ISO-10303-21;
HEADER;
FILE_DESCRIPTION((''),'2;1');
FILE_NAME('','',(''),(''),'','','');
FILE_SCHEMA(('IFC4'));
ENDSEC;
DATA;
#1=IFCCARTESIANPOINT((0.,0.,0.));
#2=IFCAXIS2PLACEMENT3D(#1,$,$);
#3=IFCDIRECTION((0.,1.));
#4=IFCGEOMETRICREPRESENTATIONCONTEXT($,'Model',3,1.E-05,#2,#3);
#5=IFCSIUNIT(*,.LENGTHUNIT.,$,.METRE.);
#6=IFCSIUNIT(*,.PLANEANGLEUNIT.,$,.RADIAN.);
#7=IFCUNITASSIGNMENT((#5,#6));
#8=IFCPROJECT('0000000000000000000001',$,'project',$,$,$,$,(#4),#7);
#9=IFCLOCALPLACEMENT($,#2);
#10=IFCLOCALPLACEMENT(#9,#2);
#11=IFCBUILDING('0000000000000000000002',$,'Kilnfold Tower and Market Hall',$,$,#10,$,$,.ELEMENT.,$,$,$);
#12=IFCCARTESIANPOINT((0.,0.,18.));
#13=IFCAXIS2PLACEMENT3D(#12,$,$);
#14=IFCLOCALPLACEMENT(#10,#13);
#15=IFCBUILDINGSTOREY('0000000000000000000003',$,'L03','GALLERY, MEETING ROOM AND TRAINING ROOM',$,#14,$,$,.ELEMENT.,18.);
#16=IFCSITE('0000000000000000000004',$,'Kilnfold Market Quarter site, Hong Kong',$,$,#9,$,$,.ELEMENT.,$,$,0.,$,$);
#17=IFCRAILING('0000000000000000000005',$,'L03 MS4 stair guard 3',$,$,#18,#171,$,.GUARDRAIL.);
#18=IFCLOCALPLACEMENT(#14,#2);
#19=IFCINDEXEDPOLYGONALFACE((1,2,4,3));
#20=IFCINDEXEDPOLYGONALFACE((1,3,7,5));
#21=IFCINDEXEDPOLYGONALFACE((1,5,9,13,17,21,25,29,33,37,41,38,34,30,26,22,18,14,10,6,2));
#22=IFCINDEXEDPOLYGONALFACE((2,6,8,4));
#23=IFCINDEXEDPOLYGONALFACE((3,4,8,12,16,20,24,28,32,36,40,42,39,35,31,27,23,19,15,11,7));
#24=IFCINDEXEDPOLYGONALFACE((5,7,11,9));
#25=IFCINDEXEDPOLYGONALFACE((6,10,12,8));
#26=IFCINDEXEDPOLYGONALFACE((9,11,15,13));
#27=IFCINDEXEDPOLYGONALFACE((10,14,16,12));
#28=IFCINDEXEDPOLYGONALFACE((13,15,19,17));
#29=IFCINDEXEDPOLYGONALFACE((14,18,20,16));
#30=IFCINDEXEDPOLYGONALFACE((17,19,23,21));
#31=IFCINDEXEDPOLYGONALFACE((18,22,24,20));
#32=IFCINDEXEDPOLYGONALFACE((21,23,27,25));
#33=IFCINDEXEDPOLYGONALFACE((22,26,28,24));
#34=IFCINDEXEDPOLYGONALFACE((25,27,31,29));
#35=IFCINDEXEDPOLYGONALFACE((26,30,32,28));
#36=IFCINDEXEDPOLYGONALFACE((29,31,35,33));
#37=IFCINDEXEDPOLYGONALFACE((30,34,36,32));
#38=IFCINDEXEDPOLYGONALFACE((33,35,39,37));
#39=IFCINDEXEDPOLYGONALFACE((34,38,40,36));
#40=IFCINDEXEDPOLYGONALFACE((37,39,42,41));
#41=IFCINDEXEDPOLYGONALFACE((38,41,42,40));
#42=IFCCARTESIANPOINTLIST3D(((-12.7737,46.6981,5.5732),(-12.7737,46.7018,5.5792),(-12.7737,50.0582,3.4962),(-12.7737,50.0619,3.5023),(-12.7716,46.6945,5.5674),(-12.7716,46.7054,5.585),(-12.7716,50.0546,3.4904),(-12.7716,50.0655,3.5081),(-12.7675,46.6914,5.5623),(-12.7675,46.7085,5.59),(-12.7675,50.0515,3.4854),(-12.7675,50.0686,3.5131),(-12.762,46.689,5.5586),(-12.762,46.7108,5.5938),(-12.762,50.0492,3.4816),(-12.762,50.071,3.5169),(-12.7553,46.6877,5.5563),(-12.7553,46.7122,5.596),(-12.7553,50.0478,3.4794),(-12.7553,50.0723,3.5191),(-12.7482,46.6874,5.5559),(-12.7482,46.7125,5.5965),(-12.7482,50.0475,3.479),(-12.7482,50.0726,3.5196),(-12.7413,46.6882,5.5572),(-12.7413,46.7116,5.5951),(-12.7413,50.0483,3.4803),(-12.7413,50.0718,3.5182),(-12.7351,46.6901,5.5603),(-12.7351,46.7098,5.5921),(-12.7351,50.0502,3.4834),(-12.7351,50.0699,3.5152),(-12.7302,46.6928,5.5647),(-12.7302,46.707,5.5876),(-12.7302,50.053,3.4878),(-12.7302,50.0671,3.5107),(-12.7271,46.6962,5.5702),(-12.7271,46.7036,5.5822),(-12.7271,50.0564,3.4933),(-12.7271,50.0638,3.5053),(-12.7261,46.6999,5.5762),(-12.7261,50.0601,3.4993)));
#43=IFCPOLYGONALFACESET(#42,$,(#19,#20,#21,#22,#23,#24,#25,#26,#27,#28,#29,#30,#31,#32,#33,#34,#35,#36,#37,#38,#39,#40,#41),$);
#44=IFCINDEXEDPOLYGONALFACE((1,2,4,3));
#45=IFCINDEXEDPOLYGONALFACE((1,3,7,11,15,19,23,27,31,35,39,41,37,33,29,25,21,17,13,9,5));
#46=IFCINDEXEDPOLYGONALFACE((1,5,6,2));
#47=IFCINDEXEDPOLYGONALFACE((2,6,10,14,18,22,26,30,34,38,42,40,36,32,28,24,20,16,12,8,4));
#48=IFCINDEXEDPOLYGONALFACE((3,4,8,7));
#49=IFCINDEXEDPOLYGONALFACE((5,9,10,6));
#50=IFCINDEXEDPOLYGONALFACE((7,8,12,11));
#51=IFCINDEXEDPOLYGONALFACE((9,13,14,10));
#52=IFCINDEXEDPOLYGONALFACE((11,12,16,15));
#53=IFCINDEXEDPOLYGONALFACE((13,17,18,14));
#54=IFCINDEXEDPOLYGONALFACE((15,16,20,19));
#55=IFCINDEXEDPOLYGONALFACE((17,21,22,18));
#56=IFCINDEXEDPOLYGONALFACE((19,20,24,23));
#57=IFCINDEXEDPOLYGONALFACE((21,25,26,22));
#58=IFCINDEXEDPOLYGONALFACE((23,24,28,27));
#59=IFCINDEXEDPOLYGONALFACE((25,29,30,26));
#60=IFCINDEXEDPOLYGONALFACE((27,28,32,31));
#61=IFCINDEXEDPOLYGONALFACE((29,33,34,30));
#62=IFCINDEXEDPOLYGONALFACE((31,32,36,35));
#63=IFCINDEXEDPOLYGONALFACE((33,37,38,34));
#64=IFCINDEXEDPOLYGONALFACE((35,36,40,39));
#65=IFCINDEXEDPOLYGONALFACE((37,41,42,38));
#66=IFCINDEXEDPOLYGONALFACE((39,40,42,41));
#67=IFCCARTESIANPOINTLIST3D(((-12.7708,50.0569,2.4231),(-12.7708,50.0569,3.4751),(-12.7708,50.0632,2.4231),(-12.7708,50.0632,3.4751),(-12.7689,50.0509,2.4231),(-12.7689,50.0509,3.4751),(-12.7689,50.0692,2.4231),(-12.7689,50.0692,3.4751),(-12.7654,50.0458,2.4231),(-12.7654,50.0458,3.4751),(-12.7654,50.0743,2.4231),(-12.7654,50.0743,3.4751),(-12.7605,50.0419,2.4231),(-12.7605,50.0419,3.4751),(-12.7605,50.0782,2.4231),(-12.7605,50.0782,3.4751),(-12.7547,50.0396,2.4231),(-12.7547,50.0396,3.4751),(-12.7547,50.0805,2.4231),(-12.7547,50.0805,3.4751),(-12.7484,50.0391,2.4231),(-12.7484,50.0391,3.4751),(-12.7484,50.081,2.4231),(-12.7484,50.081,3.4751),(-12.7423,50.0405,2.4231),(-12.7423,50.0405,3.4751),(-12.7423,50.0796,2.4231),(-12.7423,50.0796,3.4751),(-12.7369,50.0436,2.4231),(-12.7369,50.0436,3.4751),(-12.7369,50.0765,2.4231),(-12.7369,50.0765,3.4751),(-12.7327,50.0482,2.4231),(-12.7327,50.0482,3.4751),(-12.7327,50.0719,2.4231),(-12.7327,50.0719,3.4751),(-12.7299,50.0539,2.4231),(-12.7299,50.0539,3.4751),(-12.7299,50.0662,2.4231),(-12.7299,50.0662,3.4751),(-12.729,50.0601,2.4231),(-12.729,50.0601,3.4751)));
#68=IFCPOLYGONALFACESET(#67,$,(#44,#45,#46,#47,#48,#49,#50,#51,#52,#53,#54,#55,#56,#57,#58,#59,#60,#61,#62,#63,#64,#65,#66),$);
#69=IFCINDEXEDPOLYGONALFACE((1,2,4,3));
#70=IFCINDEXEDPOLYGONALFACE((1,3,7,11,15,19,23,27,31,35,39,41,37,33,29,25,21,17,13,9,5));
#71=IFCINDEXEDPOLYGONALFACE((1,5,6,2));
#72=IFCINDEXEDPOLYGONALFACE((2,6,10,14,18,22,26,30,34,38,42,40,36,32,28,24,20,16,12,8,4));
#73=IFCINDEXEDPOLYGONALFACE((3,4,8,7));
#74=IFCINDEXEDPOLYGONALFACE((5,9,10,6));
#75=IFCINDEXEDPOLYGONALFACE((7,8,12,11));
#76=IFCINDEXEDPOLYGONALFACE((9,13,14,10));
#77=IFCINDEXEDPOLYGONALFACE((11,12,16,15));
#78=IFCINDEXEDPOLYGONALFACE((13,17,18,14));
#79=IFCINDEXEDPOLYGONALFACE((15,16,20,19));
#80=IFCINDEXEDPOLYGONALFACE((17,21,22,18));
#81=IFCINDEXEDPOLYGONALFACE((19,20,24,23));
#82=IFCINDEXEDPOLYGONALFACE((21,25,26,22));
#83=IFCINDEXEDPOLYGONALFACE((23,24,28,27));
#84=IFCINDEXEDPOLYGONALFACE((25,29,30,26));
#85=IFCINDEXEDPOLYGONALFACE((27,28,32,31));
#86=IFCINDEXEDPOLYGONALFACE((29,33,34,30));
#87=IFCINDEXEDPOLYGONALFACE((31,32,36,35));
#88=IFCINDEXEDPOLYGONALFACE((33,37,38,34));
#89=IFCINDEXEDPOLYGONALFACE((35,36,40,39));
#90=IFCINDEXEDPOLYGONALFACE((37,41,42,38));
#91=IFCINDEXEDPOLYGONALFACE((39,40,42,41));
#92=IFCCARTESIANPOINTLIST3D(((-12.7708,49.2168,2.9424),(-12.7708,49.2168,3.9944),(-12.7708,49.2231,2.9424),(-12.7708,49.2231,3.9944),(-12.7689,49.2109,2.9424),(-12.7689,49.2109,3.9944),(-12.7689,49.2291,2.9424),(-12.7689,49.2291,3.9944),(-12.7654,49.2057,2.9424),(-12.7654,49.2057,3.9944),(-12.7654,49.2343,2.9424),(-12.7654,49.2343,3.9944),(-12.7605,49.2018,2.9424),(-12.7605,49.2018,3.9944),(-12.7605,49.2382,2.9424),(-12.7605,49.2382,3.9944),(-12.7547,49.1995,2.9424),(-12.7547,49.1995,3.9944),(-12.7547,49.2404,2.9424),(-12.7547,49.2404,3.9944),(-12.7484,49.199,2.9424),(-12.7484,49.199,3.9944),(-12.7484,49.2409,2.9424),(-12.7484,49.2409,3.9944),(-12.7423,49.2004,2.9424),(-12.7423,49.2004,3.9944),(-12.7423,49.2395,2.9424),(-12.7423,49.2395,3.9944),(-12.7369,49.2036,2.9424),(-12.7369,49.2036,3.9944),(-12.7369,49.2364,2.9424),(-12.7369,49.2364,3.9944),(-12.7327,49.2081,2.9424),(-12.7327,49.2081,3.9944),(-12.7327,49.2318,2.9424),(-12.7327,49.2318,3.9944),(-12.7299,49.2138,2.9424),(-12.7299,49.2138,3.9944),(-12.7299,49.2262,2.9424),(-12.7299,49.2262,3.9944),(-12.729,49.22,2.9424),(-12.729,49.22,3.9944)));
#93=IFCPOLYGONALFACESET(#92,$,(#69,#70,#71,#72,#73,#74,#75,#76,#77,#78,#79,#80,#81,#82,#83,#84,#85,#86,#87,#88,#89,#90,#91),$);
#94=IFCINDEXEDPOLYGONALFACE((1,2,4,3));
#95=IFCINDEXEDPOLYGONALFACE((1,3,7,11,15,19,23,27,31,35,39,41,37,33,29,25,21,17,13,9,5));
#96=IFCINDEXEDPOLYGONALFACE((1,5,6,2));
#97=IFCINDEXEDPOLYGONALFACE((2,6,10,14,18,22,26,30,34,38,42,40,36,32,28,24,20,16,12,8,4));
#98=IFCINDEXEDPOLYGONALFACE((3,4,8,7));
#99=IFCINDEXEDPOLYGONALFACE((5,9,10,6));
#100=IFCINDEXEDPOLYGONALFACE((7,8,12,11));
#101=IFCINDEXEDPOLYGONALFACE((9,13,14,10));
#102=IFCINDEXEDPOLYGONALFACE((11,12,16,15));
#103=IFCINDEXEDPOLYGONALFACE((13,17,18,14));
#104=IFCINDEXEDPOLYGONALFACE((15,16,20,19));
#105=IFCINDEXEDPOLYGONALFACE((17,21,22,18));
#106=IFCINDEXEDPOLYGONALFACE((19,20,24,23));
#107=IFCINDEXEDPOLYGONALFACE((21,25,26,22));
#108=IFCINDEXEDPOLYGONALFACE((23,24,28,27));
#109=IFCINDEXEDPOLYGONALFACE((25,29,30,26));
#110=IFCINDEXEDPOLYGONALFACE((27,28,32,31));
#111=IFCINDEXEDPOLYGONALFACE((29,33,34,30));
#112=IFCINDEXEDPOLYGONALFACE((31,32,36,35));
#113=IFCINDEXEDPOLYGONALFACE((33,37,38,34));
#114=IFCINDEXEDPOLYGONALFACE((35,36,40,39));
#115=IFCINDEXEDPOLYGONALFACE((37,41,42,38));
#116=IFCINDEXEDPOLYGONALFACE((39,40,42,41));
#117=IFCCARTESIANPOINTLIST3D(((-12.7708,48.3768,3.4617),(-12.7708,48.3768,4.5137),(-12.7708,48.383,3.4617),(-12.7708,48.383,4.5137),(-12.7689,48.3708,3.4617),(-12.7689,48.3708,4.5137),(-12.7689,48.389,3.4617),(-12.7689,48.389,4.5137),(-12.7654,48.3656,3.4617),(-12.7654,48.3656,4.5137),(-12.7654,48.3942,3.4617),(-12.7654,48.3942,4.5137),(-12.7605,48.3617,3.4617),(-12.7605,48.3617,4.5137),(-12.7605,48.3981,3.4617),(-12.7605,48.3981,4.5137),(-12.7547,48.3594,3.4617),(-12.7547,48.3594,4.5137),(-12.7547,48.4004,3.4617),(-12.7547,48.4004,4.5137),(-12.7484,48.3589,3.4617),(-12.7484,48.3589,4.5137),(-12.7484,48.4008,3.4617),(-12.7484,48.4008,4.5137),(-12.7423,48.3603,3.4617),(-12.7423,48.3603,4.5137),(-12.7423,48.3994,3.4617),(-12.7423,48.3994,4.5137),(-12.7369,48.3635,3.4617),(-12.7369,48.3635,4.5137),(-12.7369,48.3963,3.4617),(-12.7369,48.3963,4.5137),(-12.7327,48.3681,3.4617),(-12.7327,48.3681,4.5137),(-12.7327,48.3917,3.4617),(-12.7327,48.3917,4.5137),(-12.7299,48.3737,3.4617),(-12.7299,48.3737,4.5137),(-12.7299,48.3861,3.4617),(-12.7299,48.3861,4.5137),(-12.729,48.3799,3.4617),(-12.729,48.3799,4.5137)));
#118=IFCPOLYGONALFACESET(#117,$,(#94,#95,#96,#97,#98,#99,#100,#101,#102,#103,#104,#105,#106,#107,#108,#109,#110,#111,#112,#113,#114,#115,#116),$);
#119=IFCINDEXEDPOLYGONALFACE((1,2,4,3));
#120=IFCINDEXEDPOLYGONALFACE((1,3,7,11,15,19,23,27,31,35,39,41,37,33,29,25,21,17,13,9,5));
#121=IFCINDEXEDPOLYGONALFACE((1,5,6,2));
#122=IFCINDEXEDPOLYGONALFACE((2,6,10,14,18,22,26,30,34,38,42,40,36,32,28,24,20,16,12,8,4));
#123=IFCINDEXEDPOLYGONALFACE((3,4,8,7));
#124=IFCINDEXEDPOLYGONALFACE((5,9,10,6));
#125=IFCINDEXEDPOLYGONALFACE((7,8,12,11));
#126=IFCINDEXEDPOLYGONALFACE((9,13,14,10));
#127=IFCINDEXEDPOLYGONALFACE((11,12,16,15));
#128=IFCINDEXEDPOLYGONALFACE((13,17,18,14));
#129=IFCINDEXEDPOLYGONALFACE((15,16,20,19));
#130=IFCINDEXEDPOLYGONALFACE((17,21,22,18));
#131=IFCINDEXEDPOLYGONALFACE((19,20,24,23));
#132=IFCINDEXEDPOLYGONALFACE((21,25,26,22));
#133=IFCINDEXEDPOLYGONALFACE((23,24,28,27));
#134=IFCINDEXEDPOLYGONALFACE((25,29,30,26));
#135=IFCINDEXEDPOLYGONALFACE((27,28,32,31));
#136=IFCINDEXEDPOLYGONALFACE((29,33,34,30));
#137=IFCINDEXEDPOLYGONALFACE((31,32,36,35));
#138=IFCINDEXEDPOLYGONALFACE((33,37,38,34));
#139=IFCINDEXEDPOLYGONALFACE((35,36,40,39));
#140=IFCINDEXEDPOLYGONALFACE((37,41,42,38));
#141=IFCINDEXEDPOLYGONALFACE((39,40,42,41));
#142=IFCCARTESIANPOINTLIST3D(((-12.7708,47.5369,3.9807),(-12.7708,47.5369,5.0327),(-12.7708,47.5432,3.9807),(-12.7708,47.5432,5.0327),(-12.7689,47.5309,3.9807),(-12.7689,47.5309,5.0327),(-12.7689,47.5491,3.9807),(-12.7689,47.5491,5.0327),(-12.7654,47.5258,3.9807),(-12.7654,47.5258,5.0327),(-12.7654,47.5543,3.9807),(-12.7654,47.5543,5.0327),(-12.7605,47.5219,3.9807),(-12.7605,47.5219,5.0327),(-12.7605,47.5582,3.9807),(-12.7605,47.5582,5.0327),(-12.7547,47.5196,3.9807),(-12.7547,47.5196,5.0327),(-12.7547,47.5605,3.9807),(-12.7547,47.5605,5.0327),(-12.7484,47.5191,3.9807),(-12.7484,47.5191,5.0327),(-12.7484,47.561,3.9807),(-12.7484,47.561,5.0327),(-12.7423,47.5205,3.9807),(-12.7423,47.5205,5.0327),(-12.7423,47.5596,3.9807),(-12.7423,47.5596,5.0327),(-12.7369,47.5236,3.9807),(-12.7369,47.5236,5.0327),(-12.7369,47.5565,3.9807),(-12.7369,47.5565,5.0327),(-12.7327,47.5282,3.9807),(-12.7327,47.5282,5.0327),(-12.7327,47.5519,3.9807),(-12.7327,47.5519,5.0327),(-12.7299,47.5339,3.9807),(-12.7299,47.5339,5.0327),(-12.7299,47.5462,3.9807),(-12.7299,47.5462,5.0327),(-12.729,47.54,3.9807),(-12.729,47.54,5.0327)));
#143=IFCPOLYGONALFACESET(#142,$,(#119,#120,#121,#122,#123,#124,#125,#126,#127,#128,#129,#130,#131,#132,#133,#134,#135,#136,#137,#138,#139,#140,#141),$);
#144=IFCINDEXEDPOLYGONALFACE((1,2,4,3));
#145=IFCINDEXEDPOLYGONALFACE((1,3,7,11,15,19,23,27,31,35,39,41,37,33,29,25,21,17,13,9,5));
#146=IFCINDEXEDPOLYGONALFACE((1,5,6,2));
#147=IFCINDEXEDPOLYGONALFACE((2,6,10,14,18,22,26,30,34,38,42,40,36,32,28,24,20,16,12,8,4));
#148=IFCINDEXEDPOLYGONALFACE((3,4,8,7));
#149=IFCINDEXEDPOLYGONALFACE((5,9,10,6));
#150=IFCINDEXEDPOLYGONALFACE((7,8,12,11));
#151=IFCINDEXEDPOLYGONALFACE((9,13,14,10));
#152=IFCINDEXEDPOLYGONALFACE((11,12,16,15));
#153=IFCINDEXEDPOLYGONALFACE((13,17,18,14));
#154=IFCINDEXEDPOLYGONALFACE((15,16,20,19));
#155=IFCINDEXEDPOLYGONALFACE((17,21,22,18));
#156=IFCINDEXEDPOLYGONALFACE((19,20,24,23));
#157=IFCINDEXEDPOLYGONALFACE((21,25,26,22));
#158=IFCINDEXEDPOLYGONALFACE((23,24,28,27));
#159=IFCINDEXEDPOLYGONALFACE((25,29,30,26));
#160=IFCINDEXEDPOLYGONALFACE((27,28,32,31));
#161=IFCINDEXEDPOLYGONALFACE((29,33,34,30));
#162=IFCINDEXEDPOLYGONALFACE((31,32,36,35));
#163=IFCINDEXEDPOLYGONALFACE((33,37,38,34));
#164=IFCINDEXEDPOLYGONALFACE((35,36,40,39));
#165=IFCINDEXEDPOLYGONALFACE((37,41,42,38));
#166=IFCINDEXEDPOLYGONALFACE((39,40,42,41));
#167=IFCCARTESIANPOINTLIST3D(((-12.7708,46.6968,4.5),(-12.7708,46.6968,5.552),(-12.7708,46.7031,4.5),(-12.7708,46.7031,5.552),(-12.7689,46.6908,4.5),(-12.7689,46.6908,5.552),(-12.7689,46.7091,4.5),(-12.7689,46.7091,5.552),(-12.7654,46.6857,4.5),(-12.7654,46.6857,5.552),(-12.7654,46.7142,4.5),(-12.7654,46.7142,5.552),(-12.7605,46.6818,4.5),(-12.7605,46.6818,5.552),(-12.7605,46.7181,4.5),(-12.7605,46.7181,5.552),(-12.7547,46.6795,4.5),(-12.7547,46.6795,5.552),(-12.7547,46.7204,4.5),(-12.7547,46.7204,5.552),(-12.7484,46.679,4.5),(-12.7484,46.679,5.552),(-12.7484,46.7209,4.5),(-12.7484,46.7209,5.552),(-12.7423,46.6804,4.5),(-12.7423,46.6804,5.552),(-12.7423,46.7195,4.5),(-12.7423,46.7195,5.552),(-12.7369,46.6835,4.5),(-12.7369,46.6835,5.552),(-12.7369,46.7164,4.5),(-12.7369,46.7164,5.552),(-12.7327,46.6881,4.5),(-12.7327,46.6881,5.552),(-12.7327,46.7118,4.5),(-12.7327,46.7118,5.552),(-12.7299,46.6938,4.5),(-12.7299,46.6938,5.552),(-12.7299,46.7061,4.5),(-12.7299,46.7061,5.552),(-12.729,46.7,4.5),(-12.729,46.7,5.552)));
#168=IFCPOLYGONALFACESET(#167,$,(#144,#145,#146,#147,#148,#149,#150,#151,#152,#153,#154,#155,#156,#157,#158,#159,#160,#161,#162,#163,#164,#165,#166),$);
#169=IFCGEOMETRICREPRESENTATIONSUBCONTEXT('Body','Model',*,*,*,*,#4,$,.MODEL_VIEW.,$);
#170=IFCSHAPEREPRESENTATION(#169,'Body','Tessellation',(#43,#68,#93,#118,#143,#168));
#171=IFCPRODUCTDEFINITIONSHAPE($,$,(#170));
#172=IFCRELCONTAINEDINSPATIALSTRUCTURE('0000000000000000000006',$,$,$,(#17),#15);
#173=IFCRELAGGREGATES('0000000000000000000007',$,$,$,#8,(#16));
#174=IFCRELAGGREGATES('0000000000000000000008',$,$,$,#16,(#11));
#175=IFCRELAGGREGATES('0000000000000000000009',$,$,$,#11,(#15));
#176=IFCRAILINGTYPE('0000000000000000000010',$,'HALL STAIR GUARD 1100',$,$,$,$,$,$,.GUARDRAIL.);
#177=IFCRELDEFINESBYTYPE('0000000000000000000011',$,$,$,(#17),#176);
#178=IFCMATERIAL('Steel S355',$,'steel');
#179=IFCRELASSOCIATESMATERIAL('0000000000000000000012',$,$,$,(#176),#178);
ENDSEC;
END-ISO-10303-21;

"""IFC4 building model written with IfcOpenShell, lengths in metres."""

from ifc_helpers import new_model, si_unit, direction, frame, origin, origin_2d, place, context, subcontext, project, spatial, circle, extrude, material, type_object, element, save


model = new_model("IFC4")

# Units and contexts
model_context = context("Model", 3, precision=1e-05, world=origin(), true_north=direction((0.0, 1.0)))
body_context = subcontext(model_context, "Body", "Model", "MODEL_VIEW")
ifc_project = project(units=[si_unit("LENGTHUNIT", "METRE"), si_unit("PLANEANGLEUNIT", "RADIAN")], contexts=[model_context])

# Site, building, storey
site_placement = place(None, origin())
site = spatial("IfcSite", under=ifc_project, at=site_placement, Name="Kilnfold Market Quarter site, Hong Kong", CompositionType="ELEMENT", RefElevation=0.0)
building_placement = place(site_placement, origin())
building = spatial("IfcBuilding", under=site, at=building_placement, Name="Kilnfold Tower and Market Hall", CompositionType="ELEMENT")
storey_placement = place(building_placement, frame((0.0, 0.0, 18.0)))
storey = spatial("IfcBuildingStorey", under=building, at=storey_placement, Name="L03", Description="GALLERY, MEETING ROOM AND TRAINING ROOM", CompositionType="ELEMENT", Elevation=18.0)

# Railing
ifc_material_1 = material(Name="Steel S355", Category="steel")
railing_type_1 = type_object("IfcRailingType", Name="HALL STAIR GUARD 1100", PredefinedType="GUARDRAIL", material=ifc_material_1)
railing_1_placement = place(storey_placement, frame((-12.75, 50.0601, 2.4231)))
element("IfcRailing", 1, at=railing_1_placement, inside=storey, type_object=railing_type_1, Name="L03 MS4 stair guard 3", PredefinedType="GUARDRAIL", context=body_context, shape_type="SweptSolid", body=[
    extrude(circle(Radius=0.0239, at=origin_2d()), frame((0.0, 0.0, 1.0762), z_axis=(0.0, -0.850623, 0.525776), x_axis=(1.0, 0.0, 0.0)), (0.0, 0.0, 1.0), 3.9502),
    extrude(circle(Radius=0.021, at=origin_2d()), origin(), (0.0, 0.0, 1.0), 1.052),
    extrude(circle(Radius=0.021, at=origin_2d()), frame((0.0, -0.8401, 0.5193)), (0.0, 0.0, 1.0), 1.052),
    extrude(circle(Radius=0.021, at=origin_2d()), frame((0.0, -1.6802, 1.0386)), (0.0, 0.0, 1.0), 1.052),
    extrude(circle(Radius=0.021, at=origin_2d()), frame((0.0, -2.52, 1.5576)), (0.0, 0.0, 1.0), 1.052),
    extrude(circle(Radius=0.021, at=origin_2d()), frame((0.0, -3.3601, 2.0769)), (0.0, 0.0, 1.0), 1.052),
])

save(model, "model.ifc")
